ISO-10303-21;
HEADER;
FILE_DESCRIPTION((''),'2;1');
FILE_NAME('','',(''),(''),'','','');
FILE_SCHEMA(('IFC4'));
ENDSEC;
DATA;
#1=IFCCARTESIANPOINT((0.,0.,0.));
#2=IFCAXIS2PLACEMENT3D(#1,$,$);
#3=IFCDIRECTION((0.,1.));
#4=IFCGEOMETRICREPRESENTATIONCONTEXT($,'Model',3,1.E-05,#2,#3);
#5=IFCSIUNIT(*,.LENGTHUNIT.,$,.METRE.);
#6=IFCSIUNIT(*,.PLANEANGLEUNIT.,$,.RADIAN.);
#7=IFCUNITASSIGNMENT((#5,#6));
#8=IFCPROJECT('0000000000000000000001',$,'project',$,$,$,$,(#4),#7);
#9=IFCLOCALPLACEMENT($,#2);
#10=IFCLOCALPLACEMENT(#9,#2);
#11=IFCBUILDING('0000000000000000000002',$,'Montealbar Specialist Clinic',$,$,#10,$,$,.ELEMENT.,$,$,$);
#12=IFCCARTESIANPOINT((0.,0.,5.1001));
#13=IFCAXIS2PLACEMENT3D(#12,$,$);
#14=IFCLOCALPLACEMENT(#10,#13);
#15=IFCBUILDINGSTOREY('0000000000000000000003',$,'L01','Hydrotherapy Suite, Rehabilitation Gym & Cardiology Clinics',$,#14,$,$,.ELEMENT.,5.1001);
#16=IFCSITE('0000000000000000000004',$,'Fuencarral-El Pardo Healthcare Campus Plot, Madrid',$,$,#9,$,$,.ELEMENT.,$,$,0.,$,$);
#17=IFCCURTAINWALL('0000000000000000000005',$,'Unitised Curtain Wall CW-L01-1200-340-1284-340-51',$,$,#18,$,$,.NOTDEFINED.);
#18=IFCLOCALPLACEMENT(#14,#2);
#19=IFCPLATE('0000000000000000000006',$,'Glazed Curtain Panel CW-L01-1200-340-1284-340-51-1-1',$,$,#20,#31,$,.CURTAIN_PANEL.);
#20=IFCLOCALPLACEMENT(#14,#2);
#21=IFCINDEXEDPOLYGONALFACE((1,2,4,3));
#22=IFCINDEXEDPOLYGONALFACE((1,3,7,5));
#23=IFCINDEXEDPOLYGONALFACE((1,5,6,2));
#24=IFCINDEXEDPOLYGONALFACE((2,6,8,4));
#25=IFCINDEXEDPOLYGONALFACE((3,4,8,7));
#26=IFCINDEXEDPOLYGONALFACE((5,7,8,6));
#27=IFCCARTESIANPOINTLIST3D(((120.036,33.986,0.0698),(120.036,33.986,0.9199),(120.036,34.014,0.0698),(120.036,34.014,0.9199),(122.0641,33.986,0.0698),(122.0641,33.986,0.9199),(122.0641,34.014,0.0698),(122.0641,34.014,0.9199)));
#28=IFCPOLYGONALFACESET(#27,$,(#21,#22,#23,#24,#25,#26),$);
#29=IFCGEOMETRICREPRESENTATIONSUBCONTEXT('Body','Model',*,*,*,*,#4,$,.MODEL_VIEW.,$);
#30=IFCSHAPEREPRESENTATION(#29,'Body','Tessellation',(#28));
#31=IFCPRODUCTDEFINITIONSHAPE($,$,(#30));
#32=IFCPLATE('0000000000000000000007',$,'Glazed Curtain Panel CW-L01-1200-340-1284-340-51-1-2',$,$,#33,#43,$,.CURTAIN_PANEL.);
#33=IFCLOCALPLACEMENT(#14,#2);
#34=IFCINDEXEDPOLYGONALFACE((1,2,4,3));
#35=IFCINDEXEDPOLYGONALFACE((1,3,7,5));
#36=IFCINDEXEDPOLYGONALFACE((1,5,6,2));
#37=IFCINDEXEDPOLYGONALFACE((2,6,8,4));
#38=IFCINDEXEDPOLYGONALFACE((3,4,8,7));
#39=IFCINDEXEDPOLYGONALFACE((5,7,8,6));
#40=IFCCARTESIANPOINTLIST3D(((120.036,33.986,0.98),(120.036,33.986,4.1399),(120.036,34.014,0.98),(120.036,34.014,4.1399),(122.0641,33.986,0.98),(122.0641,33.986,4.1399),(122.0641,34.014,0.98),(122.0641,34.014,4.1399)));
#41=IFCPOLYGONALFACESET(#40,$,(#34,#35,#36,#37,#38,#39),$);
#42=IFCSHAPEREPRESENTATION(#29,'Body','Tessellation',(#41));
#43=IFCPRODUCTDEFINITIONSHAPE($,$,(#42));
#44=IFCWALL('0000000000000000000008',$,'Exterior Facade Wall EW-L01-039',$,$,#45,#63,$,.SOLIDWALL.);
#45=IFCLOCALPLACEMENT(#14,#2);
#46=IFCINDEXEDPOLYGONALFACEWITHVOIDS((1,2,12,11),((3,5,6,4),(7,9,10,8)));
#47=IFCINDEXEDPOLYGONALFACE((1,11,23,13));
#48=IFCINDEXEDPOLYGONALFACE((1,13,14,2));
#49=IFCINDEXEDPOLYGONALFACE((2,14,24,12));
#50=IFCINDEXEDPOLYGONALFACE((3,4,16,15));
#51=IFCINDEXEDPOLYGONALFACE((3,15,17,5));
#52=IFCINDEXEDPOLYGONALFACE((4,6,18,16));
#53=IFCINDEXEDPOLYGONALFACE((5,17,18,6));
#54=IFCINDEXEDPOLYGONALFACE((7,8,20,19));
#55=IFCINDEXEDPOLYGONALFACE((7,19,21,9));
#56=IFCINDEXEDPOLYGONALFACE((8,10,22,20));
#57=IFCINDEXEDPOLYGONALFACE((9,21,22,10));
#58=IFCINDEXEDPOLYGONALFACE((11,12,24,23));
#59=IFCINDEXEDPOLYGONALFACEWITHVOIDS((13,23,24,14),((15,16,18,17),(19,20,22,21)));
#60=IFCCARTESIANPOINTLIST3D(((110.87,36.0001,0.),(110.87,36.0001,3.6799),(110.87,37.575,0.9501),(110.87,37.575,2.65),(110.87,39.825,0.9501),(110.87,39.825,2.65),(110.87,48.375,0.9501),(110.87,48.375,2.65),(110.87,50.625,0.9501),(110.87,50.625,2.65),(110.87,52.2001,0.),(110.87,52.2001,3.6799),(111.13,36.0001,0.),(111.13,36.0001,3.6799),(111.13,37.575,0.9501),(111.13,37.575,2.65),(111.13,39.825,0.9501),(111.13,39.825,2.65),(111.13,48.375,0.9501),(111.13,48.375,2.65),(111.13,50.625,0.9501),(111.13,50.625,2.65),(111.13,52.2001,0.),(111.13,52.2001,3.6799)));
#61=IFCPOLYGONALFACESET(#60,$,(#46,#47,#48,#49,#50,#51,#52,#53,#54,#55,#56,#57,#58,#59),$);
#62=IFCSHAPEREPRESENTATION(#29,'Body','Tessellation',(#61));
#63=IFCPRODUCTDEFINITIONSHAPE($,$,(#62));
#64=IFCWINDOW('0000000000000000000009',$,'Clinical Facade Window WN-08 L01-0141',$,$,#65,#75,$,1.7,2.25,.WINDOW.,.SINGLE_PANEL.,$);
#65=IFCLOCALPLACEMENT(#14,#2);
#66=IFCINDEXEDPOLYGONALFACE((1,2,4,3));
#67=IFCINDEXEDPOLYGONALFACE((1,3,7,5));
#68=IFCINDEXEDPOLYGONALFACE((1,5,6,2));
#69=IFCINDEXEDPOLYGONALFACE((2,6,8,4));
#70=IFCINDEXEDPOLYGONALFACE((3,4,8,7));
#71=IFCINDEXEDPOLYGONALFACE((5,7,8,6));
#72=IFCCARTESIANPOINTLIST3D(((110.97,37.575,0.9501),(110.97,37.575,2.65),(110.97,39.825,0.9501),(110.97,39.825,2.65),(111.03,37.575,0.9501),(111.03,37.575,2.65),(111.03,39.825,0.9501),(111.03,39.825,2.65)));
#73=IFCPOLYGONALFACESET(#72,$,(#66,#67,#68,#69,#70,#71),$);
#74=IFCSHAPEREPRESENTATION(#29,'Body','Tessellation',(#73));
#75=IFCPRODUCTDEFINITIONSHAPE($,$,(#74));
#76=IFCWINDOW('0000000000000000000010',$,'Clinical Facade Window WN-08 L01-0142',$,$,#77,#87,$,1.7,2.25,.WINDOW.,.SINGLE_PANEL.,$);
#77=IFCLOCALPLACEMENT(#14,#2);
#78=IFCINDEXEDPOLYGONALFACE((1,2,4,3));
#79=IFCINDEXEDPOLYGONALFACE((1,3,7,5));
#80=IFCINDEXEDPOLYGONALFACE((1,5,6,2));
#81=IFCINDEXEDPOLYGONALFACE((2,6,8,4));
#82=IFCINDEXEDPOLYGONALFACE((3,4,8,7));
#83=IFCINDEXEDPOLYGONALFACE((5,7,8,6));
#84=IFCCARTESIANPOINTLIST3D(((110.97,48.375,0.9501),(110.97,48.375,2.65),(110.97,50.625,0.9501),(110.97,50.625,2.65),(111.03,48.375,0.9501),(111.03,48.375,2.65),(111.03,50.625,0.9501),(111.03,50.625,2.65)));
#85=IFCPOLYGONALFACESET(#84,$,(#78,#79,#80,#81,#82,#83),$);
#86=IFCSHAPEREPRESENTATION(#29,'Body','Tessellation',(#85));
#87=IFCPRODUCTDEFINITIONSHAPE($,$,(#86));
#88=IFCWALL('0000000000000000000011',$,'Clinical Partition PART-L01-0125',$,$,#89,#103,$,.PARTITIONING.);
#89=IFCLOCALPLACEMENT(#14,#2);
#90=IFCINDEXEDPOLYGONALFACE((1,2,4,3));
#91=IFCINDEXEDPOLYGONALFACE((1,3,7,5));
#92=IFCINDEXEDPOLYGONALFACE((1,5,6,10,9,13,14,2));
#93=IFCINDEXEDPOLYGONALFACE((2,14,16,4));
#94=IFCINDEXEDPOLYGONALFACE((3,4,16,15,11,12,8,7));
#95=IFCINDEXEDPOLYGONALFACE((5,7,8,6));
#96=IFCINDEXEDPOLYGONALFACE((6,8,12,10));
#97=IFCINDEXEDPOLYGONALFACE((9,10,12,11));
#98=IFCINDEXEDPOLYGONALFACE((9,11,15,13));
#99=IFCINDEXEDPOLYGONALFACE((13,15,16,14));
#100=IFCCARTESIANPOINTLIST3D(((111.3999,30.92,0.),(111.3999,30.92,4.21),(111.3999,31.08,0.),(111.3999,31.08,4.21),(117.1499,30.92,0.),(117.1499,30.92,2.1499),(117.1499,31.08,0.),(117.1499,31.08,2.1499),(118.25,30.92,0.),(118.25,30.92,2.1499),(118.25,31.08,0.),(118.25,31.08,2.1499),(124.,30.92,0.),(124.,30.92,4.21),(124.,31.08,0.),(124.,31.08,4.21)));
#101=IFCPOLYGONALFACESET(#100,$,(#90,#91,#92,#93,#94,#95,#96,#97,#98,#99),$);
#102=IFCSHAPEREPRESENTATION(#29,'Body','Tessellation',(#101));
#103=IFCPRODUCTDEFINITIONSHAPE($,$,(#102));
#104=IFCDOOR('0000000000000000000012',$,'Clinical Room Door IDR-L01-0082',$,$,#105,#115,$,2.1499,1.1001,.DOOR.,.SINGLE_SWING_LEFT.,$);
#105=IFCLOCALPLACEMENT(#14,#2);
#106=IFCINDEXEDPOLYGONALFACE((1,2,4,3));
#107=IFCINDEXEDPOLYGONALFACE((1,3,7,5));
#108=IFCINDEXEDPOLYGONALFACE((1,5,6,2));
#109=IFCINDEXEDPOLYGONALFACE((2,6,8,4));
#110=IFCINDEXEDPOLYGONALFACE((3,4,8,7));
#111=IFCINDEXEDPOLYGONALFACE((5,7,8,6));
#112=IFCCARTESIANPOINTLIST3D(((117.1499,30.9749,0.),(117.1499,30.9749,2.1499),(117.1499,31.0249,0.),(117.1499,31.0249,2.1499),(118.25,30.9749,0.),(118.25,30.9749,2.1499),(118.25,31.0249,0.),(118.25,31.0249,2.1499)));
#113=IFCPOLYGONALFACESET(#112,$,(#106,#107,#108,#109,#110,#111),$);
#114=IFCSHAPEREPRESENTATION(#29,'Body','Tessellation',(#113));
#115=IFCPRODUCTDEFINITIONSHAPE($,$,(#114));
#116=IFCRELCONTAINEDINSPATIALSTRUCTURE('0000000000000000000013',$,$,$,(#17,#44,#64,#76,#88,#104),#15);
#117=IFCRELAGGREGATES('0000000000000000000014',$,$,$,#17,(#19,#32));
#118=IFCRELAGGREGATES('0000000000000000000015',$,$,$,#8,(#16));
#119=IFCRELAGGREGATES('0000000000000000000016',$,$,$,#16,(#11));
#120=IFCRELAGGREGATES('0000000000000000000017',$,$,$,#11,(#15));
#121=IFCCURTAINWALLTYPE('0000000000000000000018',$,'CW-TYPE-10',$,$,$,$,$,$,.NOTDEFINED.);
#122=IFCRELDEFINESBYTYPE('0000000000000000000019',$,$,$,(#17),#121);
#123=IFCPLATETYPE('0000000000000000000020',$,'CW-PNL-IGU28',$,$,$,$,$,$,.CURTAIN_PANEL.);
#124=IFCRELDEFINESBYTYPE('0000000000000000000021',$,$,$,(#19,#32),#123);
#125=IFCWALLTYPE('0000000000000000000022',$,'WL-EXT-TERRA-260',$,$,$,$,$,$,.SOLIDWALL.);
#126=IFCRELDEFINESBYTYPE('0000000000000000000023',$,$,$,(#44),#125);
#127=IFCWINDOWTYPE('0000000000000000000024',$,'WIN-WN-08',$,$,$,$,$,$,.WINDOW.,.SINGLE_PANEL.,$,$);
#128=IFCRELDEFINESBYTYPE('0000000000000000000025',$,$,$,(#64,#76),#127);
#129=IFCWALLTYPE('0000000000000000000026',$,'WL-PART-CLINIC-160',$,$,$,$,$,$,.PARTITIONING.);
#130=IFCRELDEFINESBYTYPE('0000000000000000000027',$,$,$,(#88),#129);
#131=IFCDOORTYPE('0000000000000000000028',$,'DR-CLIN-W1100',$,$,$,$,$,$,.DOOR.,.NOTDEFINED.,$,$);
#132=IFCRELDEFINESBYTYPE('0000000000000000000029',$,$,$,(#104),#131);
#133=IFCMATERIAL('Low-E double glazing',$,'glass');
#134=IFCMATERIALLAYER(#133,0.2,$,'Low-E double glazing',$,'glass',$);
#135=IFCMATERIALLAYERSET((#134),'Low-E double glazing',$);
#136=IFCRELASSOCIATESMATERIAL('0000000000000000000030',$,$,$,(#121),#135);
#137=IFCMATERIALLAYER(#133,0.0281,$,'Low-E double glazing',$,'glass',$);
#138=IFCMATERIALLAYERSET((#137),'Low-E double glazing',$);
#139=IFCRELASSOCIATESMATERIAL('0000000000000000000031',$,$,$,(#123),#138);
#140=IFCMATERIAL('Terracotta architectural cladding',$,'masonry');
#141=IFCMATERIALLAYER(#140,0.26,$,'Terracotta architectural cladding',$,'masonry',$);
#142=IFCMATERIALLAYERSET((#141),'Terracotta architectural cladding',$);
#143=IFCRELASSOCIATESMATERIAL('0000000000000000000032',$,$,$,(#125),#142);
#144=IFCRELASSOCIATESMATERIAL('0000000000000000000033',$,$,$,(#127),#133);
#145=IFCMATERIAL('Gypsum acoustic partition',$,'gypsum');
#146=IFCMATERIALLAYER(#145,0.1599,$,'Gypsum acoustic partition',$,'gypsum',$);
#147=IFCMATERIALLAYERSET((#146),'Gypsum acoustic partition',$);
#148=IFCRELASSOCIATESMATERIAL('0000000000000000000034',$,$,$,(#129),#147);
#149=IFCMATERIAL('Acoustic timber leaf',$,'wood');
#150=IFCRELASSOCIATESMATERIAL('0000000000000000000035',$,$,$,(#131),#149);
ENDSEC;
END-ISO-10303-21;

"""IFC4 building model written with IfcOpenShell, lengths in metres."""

from ifc_helpers import new_model, si_unit, direction, frame, frame_2d, origin, origin_2d, place, context, subcontext, project, spatial, rectangle, extrude, material, layer, layer_set, type_object, element, fill, aggregate, save


model = new_model("IFC4")

# Units and contexts
model_context = context("Model", 3, precision=1e-05, world=origin(), true_north=direction((0.0, 1.0)))
body_context = subcontext(model_context, "Body", "Model", "MODEL_VIEW")
ifc_project = project(units=[si_unit("LENGTHUNIT", "METRE"), si_unit("PLANEANGLEUNIT", "RADIAN")], contexts=[model_context])

# Site, building, storey
site_placement = place(None, origin())
site = spatial("IfcSite", under=ifc_project, at=site_placement, Name="Fuencarral-El Pardo Healthcare Campus Plot, Madrid", CompositionType="ELEMENT", RefElevation=0.0)
building_placement = place(site_placement, origin())
building = spatial("IfcBuilding", under=site, at=building_placement, Name="Montealbar Specialist Clinic", CompositionType="ELEMENT")
storey_placement = place(building_placement, frame((0.0, 0.0, 5.1001)))
storey = spatial("IfcBuildingStorey", under=building, at=storey_placement, Name="L01", Description="Hydrotherapy Suite, Rehabilitation Gym & Cardiology Clinics", CompositionType="ELEMENT", Elevation=5.1001)

# Curtain wall
ifc_material_1 = material(Name="Low-E double glazing", Category="glass")
ifc_layer_1 = layer(ifc_material_1, 0.2, Name="Low-E double glazing", Category="glass")
ifc_layer_set_1 = layer_set([ifc_layer_1], Name="Low-E double glazing")
curtain_wall_type_1 = type_object("IfcCurtainWallType", Name="CW-TYPE-10", PredefinedType="NOTDEFINED", material=ifc_layer_set_1)
curtain_wall_1_placement = place(storey_placement, origin())
curtain_wall_1 = element("IfcCurtainWall", 1, at=curtain_wall_1_placement, inside=storey, type_object=curtain_wall_type_1, Name="Unitised Curtain Wall CW-L01-1200-340-1284-340-51", PredefinedType="NOTDEFINED")

# Plates
ifc_layer_2 = layer(ifc_material_1, 0.0281, Name="Low-E double glazing", Category="glass")
ifc_layer_set_2 = layer_set([ifc_layer_2], Name="Low-E double glazing")
plate_type = type_object("IfcPlateType", Name="CW-PNL-IGU28", PredefinedType="CURTAIN_PANEL", material=ifc_layer_set_2)
plate_1_placement = place(storey_placement, frame((121.05, 34.0, 0.0698), z_axis=(0.0, 0.0, 1.0), x_axis=(1.0, 0.0, 0.0)))
plate_1 = element("IfcPlate", 2, at=plate_1_placement, type_object=plate_type, Name="Glazed Curtain Panel CW-L01-1200-340-1284-340-51-1-1", PredefinedType="CURTAIN_PANEL", context=body_context, shape_type="SweptSolid", body=[
    extrude(rectangle(XDim=2.0281, YDim=0.0281, at=origin_2d()), origin(), (0.0, 0.0, 1.0), 0.8501),
])
plate_2_placement = place(storey_placement, frame((121.05, 34.0, 0.98), z_axis=(0.0, 0.0, 1.0), x_axis=(1.0, 0.0, 0.0)))
plate_2 = element("IfcPlate", 3, at=plate_2_placement, type_object=plate_type, Name="Glazed Curtain Panel CW-L01-1200-340-1284-340-51-1-2", PredefinedType="CURTAIN_PANEL", context=body_context, shape_type="SweptSolid", body=[
    extrude(rectangle(XDim=2.0281, YDim=0.0281, at=origin_2d()), origin(), (0.0, 0.0, 1.0), 3.1599),
])
aggregate(curtain_wall_1, [plate_1, plate_2])

# Wall, openings, windows
ifc_material_2 = material(Name="Terracotta architectural cladding", Category="masonry")
ifc_layer_3 = layer(ifc_material_2, 0.26, Name="Terracotta architectural cladding", Category="masonry")
ifc_layer_set_3 = layer_set([ifc_layer_3], Name="Terracotta architectural cladding")
wall_type_1 = type_object("IfcWallType", Name="WL-EXT-TERRA-260", PredefinedType="SOLIDWALL", material=ifc_layer_set_3)
wall_1_placement = place(storey_placement, frame((111.0, 36.0, 0.0), z_axis=(0.0, 0.0, 1.0), x_axis=(0.0, 1.0, 0.0)))
wall_1 = element("IfcWall", 4, at=wall_1_placement, inside=storey, type_object=wall_type_1, Name="Exterior Facade Wall EW-L01-039", PredefinedType="SOLIDWALL", context=body_context, shape_type="SweptSolid", body=[
    extrude(rectangle(XDim=16.2, YDim=0.26, at=frame_2d((8.1001, 0.0))), origin(), (0.0, 0.0, 1.0), 3.6799),
])
opening_1_placement = place(wall_1_placement, frame((1.575, 0.0, 0.95)))
opening_1 = element("IfcOpeningElement", 5, at=opening_1_placement, cuts=wall_1, PredefinedType="OPENING", context=body_context, shape_type="SweptSolid", body=[
    extrude(rectangle(XDim=2.25, YDim=1.7, at=frame_2d((1.125, 0.8501))), frame((0.0, 0.1399, 0.0), z_axis=(0.0, -1.0, 0.0), x_axis=(1.0, 0.0, 0.0)), (0.0, 0.0, 1.0), 0.28),
])
opening_2_placement = place(wall_1_placement, frame((12.375, 0.0, 0.95)))
opening_2 = element("IfcOpeningElement", 6, at=opening_2_placement, cuts=wall_1, PredefinedType="OPENING", context=body_context, shape_type="SweptSolid", body=[
    extrude(rectangle(XDim=2.25, YDim=1.7, at=frame_2d((1.125, 0.8501))), frame((0.0, 0.1399, 0.0), z_axis=(0.0, -1.0, 0.0), x_axis=(1.0, 0.0, 0.0)), (0.0, 0.0, 1.0), 0.28),
])
window_type = type_object("IfcWindowType", Name="WIN-WN-08", PartitioningType="SINGLE_PANEL", PredefinedType="WINDOW", material=ifc_material_1)
window_1_placement = place(opening_1_placement, origin())
window_1 = element("IfcWindow", 7, at=window_1_placement, inside=storey, type_object=window_type, Name="Clinical Facade Window WN-08 L01-0141", OverallHeight=1.7, OverallWidth=2.25, PartitioningType="SINGLE_PANEL", PredefinedType="WINDOW", context=body_context, shape_type="SweptSolid", body=[
    extrude(rectangle(XDim=2.25, YDim=1.7, at=frame_2d((1.125, 0.8501))), frame((0.0, 0.03, 0.0), z_axis=(0.0, -1.0, 0.0), x_axis=(1.0, 0.0, 0.0)), (0.0, 0.0, 1.0), 0.0601),
])
fill(opening_1, window_1)
window_2_placement = place(opening_2_placement, origin())
window_2 = element("IfcWindow", 8, at=window_2_placement, inside=storey, type_object=window_type, Name="Clinical Facade Window WN-08 L01-0142", OverallHeight=1.7, OverallWidth=2.25, PartitioningType="SINGLE_PANEL", PredefinedType="WINDOW", context=body_context, shape_type="SweptSolid", body=[
    extrude(rectangle(XDim=2.25, YDim=1.7, at=frame_2d((1.125, 0.8501))), frame((0.0, 0.03, 0.0), z_axis=(0.0, -1.0, 0.0), x_axis=(1.0, 0.0, 0.0)), (0.0, 0.0, 1.0), 0.0601),
])
fill(opening_2, window_2)

# Wall, opening, door
ifc_material_3 = material(Name="Gypsum acoustic partition", Category="gypsum")
ifc_layer_4 = layer(ifc_material_3, 0.1599, Name="Gypsum acoustic partition", Category="gypsum")
ifc_layer_set_4 = layer_set([ifc_layer_4], Name="Gypsum acoustic partition")
wall_type_2 = type_object("IfcWallType", Name="WL-PART-CLINIC-160", PredefinedType="PARTITIONING", material=ifc_layer_set_4)
wall_2_placement = place(storey_placement, frame((111.3999, 31.0, 0.0), z_axis=(0.0, 0.0, 1.0), x_axis=(1.0, 0.0, 0.0)))
wall_2 = element("IfcWall", 9, at=wall_2_placement, inside=storey, type_object=wall_type_2, Name="Clinical Partition PART-L01-0125", PredefinedType="PARTITIONING", context=body_context, shape_type="SweptSolid", body=[
    extrude(rectangle(XDim=12.6001, YDim=0.1599, at=frame_2d((6.3, 0.0))), origin(), (0.0, 0.0, 1.0), 4.21),
])
opening_3_placement = place(wall_2_placement, frame((5.75, 0.0, 0.0)))
opening_3 = element("IfcOpeningElement", 10, at=opening_3_placement, cuts=wall_2, PredefinedType="OPENING", context=body_context, shape_type="SweptSolid", body=[
    extrude(rectangle(XDim=1.1001, YDim=2.1499, at=frame_2d((0.55, 1.075))), frame((0.0, 0.0898, 0.0), z_axis=(0.0, -1.0, 0.0), x_axis=(1.0, 0.0, 0.0)), (0.0, 0.0, 1.0), 0.1799),
])
ifc_material_4 = material(Name="Acoustic timber leaf", Category="wood")
door_type = type_object("IfcDoorType", Name="DR-CLIN-W1100", OperationType="NOTDEFINED", PredefinedType="DOOR", material=ifc_material_4)
door_placement = place(opening_3_placement, origin())
door = element("IfcDoor", 11, at=door_placement, inside=storey, type_object=door_type, Name="Clinical Room Door IDR-L01-0082", OperationType="SINGLE_SWING_LEFT", OverallHeight=2.1499, OverallWidth=1.1001, PredefinedType="DOOR", context=body_context, shape_type="SweptSolid", body=[
    extrude(rectangle(XDim=1.1001, YDim=2.1499, at=frame_2d((0.55, 1.075))), frame((0.0, 0.0249, 0.0), z_axis=(0.0, -1.0, 0.0), x_axis=(1.0, 0.0, 0.0)), (0.0, 0.0, 1.0), 0.05),
])
fill(opening_3, door)

save(model, "model.ifc")
